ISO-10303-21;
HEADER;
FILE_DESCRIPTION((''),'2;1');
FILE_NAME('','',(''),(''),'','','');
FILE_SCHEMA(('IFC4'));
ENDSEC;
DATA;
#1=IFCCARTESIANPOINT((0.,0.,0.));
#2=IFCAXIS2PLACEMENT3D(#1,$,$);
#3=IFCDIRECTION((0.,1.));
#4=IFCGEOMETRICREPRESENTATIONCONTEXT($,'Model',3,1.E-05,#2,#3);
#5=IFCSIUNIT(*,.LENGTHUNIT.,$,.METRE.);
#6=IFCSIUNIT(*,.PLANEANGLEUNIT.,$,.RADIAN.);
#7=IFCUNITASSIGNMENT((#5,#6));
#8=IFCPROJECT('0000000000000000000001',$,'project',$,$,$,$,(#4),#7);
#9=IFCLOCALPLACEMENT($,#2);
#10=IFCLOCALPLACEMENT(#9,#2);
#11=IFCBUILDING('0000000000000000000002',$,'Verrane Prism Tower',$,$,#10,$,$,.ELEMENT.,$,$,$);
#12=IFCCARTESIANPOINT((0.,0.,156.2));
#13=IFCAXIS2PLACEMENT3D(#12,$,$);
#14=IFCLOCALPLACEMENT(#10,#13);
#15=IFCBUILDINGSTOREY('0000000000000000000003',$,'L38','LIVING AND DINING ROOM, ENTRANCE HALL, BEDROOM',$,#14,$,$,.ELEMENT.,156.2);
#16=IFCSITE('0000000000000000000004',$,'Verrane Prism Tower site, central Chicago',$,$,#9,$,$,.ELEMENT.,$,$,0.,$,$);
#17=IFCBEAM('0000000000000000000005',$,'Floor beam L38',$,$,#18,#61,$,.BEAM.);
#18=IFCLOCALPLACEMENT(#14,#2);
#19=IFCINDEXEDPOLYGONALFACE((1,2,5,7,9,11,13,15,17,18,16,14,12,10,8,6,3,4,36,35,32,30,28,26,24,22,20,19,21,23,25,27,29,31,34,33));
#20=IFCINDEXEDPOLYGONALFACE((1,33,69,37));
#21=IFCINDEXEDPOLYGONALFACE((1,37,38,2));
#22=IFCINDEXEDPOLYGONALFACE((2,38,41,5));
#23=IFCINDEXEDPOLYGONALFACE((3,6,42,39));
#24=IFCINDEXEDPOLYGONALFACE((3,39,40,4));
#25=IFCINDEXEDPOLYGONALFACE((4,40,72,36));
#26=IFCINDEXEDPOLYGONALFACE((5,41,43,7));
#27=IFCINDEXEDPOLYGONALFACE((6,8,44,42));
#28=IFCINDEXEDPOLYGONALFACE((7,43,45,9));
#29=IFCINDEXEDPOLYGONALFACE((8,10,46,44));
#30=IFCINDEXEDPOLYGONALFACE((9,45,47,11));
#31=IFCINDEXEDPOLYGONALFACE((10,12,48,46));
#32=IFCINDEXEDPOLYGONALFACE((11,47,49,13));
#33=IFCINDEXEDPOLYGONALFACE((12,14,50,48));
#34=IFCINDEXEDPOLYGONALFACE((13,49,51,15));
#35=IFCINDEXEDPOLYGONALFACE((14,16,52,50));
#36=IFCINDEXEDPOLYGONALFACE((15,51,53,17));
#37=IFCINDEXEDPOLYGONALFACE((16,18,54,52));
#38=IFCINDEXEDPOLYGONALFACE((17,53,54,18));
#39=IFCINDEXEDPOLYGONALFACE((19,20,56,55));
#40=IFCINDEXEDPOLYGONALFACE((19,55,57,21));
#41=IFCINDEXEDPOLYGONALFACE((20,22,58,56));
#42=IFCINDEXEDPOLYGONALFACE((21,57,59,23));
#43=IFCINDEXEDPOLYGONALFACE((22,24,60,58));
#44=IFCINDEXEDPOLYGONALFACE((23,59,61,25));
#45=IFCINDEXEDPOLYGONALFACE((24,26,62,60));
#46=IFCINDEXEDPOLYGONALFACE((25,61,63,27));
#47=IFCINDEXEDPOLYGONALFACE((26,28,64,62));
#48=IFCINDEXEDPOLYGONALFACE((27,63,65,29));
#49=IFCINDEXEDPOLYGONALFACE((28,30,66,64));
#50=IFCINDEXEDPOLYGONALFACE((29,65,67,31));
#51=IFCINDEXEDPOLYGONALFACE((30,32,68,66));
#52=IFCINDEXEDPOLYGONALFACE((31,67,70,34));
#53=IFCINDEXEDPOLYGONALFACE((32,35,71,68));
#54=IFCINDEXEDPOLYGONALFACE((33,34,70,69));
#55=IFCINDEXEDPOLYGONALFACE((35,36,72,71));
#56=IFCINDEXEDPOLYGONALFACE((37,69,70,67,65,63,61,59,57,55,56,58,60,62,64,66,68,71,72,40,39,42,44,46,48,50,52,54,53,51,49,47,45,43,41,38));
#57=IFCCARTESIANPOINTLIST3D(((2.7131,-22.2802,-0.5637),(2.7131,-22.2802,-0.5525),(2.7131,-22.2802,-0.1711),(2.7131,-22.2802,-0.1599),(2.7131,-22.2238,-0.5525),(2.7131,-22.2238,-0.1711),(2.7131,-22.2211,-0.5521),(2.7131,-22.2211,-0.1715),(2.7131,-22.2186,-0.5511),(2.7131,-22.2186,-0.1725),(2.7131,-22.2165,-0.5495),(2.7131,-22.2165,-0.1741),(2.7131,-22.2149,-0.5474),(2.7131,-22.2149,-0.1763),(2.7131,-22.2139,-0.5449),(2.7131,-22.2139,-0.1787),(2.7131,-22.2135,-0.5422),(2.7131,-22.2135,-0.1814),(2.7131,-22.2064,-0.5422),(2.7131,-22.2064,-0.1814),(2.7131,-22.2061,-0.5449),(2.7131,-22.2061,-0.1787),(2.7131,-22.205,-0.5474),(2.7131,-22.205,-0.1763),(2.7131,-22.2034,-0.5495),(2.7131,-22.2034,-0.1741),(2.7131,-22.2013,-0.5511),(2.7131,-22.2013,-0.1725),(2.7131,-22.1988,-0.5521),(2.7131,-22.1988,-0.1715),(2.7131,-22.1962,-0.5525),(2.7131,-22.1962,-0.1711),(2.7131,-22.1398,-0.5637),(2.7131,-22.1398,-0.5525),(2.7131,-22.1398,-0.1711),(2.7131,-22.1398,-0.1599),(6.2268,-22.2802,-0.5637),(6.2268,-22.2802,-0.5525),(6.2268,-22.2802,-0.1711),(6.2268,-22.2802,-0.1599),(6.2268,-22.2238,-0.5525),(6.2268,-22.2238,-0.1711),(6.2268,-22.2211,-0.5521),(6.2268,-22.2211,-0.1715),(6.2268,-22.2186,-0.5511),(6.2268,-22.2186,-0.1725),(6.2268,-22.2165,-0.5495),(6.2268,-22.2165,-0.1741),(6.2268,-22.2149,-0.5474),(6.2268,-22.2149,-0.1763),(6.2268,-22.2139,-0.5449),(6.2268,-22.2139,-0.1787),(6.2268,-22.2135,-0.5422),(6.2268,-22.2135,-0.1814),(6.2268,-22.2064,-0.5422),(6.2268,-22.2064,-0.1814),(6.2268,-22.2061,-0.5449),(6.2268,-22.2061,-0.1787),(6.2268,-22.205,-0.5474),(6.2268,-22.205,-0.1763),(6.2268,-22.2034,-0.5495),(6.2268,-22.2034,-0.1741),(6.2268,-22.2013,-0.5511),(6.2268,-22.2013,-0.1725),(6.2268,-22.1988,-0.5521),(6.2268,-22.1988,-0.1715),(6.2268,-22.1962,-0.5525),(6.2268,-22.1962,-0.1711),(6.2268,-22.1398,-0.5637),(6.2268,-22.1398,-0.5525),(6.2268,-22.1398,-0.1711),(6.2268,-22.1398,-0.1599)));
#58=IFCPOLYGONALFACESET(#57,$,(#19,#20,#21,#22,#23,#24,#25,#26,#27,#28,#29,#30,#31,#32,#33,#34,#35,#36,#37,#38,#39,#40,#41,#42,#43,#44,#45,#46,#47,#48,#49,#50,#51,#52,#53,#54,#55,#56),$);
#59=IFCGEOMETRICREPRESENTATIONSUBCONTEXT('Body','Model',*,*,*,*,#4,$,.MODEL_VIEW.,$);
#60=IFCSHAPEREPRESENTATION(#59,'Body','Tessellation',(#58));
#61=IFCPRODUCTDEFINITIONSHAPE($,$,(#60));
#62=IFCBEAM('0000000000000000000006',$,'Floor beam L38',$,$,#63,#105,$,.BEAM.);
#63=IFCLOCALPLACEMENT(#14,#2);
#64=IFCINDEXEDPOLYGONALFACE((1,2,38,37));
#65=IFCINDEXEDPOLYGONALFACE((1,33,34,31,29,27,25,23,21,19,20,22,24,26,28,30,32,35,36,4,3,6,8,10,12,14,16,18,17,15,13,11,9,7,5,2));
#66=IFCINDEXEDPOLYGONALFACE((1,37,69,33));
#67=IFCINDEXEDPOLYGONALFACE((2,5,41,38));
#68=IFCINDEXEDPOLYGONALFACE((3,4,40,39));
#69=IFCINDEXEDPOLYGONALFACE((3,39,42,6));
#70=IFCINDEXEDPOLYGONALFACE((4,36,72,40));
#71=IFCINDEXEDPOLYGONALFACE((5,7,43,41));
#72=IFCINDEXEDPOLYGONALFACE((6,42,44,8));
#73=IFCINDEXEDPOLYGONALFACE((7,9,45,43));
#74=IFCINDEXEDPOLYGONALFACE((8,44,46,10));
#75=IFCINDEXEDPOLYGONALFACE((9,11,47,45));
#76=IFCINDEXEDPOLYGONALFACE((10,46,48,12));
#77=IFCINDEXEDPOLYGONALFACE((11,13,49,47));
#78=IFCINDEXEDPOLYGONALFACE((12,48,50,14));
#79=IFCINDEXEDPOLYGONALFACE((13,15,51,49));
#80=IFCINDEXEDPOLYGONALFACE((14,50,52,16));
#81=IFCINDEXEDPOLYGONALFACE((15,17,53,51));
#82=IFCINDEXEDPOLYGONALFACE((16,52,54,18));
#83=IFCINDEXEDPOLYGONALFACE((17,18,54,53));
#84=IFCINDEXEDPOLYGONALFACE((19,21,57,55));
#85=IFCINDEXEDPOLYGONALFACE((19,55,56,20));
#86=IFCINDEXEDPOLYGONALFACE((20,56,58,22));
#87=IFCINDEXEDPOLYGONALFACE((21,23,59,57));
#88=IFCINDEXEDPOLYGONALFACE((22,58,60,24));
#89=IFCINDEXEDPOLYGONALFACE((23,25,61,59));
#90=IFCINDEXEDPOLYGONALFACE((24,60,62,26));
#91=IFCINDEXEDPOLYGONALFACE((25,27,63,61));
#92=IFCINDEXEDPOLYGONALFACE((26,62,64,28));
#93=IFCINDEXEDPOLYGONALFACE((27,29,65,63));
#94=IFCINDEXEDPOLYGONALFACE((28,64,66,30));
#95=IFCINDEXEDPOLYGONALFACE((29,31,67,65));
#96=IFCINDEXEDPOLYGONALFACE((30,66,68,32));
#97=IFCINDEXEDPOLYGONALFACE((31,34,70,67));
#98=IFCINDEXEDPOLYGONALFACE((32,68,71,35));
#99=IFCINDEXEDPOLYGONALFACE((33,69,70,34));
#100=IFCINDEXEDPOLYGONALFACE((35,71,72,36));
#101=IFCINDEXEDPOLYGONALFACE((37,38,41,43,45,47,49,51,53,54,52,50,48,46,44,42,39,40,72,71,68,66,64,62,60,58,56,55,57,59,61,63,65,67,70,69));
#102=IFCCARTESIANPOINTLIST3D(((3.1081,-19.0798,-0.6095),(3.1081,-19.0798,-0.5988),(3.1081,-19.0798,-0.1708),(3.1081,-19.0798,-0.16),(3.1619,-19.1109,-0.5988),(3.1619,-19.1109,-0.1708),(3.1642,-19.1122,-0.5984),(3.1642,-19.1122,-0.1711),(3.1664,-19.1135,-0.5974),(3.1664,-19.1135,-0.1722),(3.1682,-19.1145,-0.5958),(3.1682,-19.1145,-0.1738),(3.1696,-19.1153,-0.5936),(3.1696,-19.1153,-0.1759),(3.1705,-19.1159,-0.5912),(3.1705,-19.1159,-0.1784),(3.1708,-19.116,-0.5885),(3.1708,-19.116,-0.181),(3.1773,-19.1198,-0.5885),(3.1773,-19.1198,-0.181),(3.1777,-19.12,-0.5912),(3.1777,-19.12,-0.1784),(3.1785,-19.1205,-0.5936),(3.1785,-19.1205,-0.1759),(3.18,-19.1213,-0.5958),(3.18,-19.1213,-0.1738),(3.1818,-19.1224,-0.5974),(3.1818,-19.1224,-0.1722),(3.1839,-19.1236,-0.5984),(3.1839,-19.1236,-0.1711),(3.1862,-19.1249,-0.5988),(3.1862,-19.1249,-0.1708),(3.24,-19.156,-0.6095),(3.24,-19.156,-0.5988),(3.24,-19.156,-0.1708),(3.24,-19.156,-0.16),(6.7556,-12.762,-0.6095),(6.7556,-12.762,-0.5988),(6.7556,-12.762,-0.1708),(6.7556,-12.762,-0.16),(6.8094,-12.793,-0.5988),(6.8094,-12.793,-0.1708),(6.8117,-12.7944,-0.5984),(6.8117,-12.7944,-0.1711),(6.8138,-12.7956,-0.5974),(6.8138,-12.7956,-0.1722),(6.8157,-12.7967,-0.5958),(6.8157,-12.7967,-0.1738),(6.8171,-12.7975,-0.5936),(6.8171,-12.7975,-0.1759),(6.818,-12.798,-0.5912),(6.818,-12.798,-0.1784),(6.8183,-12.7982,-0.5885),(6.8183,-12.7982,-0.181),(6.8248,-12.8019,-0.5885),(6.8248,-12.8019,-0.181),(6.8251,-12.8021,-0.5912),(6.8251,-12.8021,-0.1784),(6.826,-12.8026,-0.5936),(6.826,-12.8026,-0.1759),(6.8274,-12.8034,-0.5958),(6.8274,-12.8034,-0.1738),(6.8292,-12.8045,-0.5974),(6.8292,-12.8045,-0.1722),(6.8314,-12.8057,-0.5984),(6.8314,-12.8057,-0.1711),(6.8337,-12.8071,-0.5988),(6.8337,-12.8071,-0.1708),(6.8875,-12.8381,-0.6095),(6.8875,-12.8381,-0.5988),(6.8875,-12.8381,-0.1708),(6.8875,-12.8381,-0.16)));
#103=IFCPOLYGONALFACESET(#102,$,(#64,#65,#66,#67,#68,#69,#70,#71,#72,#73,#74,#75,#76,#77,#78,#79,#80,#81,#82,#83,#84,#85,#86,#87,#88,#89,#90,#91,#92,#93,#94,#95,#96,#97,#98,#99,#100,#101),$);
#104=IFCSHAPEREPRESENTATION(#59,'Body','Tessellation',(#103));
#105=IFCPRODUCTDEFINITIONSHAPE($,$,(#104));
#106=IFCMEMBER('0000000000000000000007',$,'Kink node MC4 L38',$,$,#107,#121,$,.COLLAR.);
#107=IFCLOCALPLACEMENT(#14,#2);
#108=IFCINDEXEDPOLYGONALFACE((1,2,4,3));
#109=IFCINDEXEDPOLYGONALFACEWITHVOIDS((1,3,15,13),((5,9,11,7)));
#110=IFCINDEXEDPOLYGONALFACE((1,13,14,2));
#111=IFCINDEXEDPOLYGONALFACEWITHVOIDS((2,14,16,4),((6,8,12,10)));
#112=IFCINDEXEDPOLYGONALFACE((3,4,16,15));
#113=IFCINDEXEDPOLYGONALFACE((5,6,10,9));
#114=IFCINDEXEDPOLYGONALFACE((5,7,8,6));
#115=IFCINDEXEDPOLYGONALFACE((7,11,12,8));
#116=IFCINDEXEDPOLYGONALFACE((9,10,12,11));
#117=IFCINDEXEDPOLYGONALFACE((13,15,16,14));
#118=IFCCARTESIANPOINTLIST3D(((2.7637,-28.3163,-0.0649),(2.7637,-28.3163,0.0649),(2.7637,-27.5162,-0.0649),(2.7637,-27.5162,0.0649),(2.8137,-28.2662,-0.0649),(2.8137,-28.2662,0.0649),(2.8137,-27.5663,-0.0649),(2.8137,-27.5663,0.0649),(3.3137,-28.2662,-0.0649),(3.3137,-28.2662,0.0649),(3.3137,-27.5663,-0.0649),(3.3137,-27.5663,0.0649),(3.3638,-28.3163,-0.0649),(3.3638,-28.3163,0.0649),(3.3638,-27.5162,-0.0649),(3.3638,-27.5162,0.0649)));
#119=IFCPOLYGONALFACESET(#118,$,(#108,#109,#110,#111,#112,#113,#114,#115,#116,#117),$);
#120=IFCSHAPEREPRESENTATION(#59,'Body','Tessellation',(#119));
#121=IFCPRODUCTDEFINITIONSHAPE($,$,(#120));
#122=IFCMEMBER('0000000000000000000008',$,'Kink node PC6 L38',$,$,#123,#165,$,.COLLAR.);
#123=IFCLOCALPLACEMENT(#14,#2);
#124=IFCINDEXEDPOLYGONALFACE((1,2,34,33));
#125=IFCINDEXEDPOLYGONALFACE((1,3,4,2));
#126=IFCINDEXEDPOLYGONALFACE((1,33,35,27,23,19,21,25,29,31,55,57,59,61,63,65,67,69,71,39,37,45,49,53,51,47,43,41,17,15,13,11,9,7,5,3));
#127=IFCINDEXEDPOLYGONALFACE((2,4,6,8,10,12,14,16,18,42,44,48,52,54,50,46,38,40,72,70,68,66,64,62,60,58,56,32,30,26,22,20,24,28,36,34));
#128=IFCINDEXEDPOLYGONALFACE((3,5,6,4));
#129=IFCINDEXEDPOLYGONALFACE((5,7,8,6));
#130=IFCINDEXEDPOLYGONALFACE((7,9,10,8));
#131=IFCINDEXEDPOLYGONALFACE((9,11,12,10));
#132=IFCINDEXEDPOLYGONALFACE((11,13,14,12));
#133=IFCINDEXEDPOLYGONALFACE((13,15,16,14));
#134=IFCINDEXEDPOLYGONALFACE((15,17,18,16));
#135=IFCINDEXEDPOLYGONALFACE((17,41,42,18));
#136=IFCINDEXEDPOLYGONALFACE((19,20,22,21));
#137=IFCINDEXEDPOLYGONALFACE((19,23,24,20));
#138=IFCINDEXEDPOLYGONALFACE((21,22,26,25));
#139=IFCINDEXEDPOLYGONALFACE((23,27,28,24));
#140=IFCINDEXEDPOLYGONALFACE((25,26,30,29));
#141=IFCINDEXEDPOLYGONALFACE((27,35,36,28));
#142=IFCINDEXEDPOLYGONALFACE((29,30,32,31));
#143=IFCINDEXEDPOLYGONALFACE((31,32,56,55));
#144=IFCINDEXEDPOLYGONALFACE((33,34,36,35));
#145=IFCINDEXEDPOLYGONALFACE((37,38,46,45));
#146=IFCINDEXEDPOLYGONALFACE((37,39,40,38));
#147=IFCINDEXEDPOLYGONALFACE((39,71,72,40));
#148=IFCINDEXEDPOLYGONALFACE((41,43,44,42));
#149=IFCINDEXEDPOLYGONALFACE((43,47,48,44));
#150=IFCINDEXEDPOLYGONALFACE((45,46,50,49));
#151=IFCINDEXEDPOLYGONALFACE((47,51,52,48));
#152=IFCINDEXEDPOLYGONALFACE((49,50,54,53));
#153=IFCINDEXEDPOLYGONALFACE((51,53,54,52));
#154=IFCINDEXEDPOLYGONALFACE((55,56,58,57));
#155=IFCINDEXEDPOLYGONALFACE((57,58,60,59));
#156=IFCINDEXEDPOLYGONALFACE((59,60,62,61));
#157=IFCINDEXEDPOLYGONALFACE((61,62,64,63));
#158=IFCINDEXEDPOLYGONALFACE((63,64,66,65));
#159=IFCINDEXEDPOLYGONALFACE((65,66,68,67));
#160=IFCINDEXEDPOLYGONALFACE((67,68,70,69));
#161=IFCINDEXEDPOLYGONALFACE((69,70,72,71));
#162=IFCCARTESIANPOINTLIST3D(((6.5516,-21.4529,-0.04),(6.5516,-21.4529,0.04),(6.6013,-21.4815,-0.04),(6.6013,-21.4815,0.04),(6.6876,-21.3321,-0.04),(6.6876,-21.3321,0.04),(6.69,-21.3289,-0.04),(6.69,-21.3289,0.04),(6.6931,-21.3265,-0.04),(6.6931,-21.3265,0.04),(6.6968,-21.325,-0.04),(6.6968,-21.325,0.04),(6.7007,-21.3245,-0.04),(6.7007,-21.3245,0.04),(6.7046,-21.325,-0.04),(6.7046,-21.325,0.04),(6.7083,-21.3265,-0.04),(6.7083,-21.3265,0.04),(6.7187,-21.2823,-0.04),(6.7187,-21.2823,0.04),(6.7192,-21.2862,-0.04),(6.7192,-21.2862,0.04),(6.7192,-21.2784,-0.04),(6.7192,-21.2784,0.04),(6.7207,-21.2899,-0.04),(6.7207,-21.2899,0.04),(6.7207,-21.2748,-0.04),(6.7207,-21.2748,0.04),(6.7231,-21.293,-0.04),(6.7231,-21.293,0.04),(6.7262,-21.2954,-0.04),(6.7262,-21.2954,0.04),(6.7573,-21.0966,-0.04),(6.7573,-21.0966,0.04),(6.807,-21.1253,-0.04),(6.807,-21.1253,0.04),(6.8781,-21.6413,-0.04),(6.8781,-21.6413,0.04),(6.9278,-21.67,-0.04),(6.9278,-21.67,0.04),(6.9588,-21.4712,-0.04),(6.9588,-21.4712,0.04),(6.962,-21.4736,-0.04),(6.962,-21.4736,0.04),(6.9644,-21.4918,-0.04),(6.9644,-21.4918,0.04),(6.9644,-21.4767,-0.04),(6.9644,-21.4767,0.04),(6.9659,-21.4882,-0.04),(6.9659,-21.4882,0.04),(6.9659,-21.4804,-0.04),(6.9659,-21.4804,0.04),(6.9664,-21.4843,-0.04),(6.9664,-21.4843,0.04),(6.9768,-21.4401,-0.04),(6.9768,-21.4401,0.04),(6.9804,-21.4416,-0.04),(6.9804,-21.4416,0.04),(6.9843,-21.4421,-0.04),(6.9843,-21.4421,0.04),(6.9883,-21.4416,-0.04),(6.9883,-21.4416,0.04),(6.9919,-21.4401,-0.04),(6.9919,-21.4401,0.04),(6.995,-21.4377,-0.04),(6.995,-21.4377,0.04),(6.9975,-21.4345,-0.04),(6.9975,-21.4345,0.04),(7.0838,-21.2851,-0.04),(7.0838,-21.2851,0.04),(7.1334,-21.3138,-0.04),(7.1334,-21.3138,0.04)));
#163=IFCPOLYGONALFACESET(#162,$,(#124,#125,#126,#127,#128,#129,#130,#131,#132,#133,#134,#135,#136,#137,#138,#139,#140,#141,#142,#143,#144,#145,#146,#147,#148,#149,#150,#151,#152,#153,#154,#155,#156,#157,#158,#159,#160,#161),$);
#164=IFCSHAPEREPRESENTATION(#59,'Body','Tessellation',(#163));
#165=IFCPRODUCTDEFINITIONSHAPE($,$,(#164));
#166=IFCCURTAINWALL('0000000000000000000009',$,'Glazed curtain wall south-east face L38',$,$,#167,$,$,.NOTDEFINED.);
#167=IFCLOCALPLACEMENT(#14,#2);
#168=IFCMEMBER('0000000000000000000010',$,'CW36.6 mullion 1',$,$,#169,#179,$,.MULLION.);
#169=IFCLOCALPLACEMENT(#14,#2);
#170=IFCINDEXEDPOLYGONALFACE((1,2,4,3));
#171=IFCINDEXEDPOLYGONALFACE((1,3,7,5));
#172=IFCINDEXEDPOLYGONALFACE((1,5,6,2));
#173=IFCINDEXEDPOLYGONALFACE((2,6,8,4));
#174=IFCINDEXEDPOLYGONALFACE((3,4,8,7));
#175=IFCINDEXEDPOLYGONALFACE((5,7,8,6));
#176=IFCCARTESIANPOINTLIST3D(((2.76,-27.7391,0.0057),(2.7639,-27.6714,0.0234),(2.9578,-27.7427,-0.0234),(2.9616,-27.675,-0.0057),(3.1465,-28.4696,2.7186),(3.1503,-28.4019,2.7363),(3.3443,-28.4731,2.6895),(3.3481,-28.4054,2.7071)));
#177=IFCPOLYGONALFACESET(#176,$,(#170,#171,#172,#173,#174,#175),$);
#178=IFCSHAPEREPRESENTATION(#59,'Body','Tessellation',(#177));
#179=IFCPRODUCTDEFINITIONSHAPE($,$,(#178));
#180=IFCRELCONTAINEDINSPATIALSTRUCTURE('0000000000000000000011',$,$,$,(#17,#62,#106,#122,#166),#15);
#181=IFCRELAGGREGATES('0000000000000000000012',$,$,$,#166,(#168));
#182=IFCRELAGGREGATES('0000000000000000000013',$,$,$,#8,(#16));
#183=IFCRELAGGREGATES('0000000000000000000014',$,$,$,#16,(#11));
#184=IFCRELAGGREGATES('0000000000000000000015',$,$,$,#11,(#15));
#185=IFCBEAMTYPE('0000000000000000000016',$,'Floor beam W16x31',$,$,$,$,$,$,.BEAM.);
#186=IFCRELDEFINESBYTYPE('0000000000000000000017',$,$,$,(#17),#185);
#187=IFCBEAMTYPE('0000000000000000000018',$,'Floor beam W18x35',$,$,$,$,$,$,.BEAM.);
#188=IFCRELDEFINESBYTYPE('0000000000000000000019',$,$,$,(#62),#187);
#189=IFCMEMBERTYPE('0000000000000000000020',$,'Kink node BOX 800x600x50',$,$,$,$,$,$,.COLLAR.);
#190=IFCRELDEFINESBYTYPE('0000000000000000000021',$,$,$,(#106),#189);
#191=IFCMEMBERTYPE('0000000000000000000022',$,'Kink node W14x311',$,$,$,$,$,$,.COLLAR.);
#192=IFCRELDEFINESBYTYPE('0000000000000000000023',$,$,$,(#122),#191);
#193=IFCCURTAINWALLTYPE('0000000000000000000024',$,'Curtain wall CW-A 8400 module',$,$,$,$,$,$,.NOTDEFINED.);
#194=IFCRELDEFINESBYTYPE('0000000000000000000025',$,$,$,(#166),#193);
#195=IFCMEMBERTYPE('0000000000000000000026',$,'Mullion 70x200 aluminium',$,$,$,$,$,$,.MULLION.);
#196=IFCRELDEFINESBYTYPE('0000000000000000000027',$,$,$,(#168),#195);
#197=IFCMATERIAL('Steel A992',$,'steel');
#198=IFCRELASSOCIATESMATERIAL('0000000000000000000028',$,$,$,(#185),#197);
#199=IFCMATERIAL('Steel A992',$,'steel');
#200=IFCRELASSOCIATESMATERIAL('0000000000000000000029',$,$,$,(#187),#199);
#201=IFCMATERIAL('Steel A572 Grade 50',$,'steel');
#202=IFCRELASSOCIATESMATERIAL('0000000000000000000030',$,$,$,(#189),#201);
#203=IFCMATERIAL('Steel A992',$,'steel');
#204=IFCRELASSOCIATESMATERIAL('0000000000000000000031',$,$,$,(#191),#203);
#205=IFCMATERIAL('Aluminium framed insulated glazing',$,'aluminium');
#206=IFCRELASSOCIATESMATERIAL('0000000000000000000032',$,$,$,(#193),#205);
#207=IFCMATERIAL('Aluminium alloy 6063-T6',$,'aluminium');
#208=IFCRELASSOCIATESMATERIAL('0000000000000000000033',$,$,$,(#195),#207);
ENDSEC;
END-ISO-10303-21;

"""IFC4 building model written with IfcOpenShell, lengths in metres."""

from ifc_helpers import new_model, si_unit, direction, frame, origin, origin_2d, place, context, subcontext, project, spatial, rectangle, hollow_rectangle, i_section, extrude, material, material_profile, profile_set, type_object, element, aggregate, save


model = new_model("IFC4")

# Units and contexts
model_context = context("Model", 3, precision=1e-05, world=origin(), true_north=direction((0.0, 1.0)))
body_context = subcontext(model_context, "Body", "Model", "MODEL_VIEW")
ifc_project = project(units=[si_unit("LENGTHUNIT", "METRE"), si_unit("PLANEANGLEUNIT", "RADIAN")], contexts=[model_context])

# Site, building, storey
site_placement = place(None, origin())
site = spatial("IfcSite", under=ifc_project, at=site_placement, Name="Verrane Prism Tower site, central Chicago", CompositionType="ELEMENT", RefElevation=0.0)
building_placement = place(site_placement, origin())
building = spatial("IfcBuilding", under=site, at=building_placement, Name="Verrane Prism Tower", CompositionType="ELEMENT")
storey_placement = place(building_placement, frame((0.0, 0.0, 156.2)))
storey = spatial("IfcBuildingStorey", under=building, at=storey_placement, Name="L38", Description="LIVING AND DINING ROOM, ENTRANCE HALL, BEDROOM", CompositionType="ELEMENT", Elevation=156.2)

# Beams
ifc_material_1 = material(Name="Steel A992", Category="steel")
ifc_material_profile_1 = material_profile(ifc_material_1, i_section(OverallWidth=0.1404, OverallDepth=0.4038, WebThickness=0.0071, FlangeThickness=0.0112, FilletRadius=0.0103, at=origin_2d()), Name="W16x31")
ifc_profile_set_1 = profile_set([ifc_material_profile_1], Name="Steel A992")
beam_type_1 = type_object("IfcBeamType", Name="Floor beam W16x31", PredefinedType="BEAM", material=ifc_profile_set_1)
beam_1_placement = place(storey_placement, frame((2.7131, -22.21, -0.3618), z_axis=(1.0, 0.0, 0.0), x_axis=(0.0, 1.0, 0.0)))
element("IfcBeam", 1, at=beam_1_placement, inside=storey, type_object=beam_type_1, Name="Floor beam L38", PredefinedType="BEAM", context=body_context, shape_type="SweptSolid", body=[
    extrude(i_section(OverallWidth=0.1404, OverallDepth=0.4038, WebThickness=0.0071, FlangeThickness=0.0112, FilletRadius=0.0103, at=origin_2d()), origin(), (0.0, 0.0, 1.0), 3.5137),
])
ifc_material_2 = material(Name="Steel A992", Category="steel")
ifc_material_profile_2 = material_profile(ifc_material_2, i_section(OverallWidth=0.1523, OverallDepth=0.4495, WebThickness=0.0076, FlangeThickness=0.0107, FilletRadius=0.0103, at=origin_2d()), Name="W18x35")
ifc_profile_set_2 = profile_set([ifc_material_profile_2], Name="Steel A992")
beam_type_2 = type_object("IfcBeamType", Name="Floor beam W18x35", PredefinedType="BEAM", material=ifc_profile_set_2)
beam_2_placement = place(storey_placement, frame((3.1741, -19.1179, -0.3848), z_axis=(0.499983, 0.866035, 0.0), x_axis=(-0.866035, 0.499983, 0.0)))
element("IfcBeam", 2, at=beam_2_placement, inside=storey, type_object=beam_type_2, Name="Floor beam L38", PredefinedType="BEAM", context=body_context, shape_type="SweptSolid", body=[
    extrude(i_section(OverallWidth=0.1523, OverallDepth=0.4495, WebThickness=0.0076, FlangeThickness=0.0107, FilletRadius=0.0103, at=origin_2d()), origin(), (0.0, 0.0, 1.0), 7.2952),
])

# Members
ifc_material_3 = material(Name="Steel A572 Grade 50", Category="steel")
ifc_material_profile_3 = material_profile(ifc_material_3, hollow_rectangle(XDim=0.6001, YDim=0.8, WallThickness=0.05, at=origin_2d()), Name="BOX 800x600x50")
ifc_profile_set_3 = profile_set([ifc_material_profile_3], Name="Steel A572 Grade 50")
member_type_1 = type_object("IfcMemberType", Name="Kink node BOX 800x600x50", PredefinedType="COLLAR", material=ifc_profile_set_3)
member_1_placement = place(storey_placement, frame((3.0637, -27.9163, -0.0649), z_axis=(0.0, 0.0, 1.0), x_axis=(-1.0, 0.0, 0.0)))
element("IfcMember", 3, at=member_1_placement, inside=storey, type_object=member_type_1, Name="Kink node MC4 L38", PredefinedType="COLLAR", context=body_context, shape_type="SweptSolid", body=[
    extrude(hollow_rectangle(XDim=0.6001, YDim=0.8, WallThickness=0.05, at=origin_2d()), origin(), (0.0, 0.0, 1.0), 0.1299),
])
ifc_material_4 = material(Name="Steel A992", Category="steel")
ifc_material_profile_4 = material_profile(ifc_material_4, i_section(OverallWidth=0.4114, OverallDepth=0.4343, WebThickness=0.0359, FlangeThickness=0.0574, FilletRadius=0.0151, at=origin_2d()), Name="W14x311")
ifc_profile_set_4 = profile_set([ifc_material_profile_4], Name="Steel A992")
member_type_2 = type_object("IfcMemberType", Name="Kink node W14x311", PredefinedType="COLLAR", material=ifc_profile_set_4)
member_2_placement = place(storey_placement, frame((6.8425, -21.3833, -0.04), z_axis=(0.0, 0.0, 1.0), x_axis=(-0.5, -0.866025, 0.0)))
element("IfcMember", 4, at=member_2_placement, inside=storey, type_object=member_type_2, Name="Kink node PC6 L38", PredefinedType="COLLAR", context=body_context, shape_type="SweptSolid", body=[
    extrude(i_section(OverallWidth=0.4114, OverallDepth=0.4343, WebThickness=0.0359, FlangeThickness=0.0574, FilletRadius=0.0151, at=origin_2d()), origin(), (0.0, 0.0, 1.0), 0.0801),
])

# Curtain wall, member
ifc_material_5 = material(Name="Aluminium framed insulated glazing", Category="aluminium")
curtain_wall_type = type_object("IfcCurtainWallType", Name="Curtain wall CW-A 8400 module", PredefinedType="NOTDEFINED", material=ifc_material_5)
curtain_wall_placement = place(storey_placement, origin())
curtain_wall = element("IfcCurtainWall", 5, at=curtain_wall_placement, inside=storey, type_object=curtain_wall_type, Name="Glazed curtain wall south-east face L38", PredefinedType="NOTDEFINED")
ifc_material_6 = material(Name="Aluminium alloy 6063-T6", Category="aluminium")
ifc_material_profile_5 = material_profile(ifc_material_6, rectangle(XDim=0.2, YDim=0.0701, at=origin_2d()), Name="Mullion 70x200 aluminium")
ifc_profile_set_5 = profile_set([ifc_material_profile_5], Name="Aluminium alloy 6063-T6")
member_type_3 = type_object("IfcMemberType", Name="Mullion 70x200 aluminium", PredefinedType="MULLION", material=ifc_profile_set_5)
member_3_placement = place(storey_placement, frame((2.8608, -27.707, 0.0), z_axis=(0.136276, -0.257573, 0.956601), x_axis=(-0.989169, 0.017772, 0.145701)))
member_3 = element("IfcMember", 6, at=member_3_placement, type_object=member_type_3, Name="CW36.6 mullion 1", PredefinedType="MULLION", context=body_context, shape_type="SweptSolid", body=[
    extrude(rectangle(XDim=0.2, YDim=0.0701, at=origin_2d()), origin(), (0.0, 0.0, 1.0), 2.8359),
])

aggregate(curtain_wall, [member_3])

save(model, "model.ifc")
